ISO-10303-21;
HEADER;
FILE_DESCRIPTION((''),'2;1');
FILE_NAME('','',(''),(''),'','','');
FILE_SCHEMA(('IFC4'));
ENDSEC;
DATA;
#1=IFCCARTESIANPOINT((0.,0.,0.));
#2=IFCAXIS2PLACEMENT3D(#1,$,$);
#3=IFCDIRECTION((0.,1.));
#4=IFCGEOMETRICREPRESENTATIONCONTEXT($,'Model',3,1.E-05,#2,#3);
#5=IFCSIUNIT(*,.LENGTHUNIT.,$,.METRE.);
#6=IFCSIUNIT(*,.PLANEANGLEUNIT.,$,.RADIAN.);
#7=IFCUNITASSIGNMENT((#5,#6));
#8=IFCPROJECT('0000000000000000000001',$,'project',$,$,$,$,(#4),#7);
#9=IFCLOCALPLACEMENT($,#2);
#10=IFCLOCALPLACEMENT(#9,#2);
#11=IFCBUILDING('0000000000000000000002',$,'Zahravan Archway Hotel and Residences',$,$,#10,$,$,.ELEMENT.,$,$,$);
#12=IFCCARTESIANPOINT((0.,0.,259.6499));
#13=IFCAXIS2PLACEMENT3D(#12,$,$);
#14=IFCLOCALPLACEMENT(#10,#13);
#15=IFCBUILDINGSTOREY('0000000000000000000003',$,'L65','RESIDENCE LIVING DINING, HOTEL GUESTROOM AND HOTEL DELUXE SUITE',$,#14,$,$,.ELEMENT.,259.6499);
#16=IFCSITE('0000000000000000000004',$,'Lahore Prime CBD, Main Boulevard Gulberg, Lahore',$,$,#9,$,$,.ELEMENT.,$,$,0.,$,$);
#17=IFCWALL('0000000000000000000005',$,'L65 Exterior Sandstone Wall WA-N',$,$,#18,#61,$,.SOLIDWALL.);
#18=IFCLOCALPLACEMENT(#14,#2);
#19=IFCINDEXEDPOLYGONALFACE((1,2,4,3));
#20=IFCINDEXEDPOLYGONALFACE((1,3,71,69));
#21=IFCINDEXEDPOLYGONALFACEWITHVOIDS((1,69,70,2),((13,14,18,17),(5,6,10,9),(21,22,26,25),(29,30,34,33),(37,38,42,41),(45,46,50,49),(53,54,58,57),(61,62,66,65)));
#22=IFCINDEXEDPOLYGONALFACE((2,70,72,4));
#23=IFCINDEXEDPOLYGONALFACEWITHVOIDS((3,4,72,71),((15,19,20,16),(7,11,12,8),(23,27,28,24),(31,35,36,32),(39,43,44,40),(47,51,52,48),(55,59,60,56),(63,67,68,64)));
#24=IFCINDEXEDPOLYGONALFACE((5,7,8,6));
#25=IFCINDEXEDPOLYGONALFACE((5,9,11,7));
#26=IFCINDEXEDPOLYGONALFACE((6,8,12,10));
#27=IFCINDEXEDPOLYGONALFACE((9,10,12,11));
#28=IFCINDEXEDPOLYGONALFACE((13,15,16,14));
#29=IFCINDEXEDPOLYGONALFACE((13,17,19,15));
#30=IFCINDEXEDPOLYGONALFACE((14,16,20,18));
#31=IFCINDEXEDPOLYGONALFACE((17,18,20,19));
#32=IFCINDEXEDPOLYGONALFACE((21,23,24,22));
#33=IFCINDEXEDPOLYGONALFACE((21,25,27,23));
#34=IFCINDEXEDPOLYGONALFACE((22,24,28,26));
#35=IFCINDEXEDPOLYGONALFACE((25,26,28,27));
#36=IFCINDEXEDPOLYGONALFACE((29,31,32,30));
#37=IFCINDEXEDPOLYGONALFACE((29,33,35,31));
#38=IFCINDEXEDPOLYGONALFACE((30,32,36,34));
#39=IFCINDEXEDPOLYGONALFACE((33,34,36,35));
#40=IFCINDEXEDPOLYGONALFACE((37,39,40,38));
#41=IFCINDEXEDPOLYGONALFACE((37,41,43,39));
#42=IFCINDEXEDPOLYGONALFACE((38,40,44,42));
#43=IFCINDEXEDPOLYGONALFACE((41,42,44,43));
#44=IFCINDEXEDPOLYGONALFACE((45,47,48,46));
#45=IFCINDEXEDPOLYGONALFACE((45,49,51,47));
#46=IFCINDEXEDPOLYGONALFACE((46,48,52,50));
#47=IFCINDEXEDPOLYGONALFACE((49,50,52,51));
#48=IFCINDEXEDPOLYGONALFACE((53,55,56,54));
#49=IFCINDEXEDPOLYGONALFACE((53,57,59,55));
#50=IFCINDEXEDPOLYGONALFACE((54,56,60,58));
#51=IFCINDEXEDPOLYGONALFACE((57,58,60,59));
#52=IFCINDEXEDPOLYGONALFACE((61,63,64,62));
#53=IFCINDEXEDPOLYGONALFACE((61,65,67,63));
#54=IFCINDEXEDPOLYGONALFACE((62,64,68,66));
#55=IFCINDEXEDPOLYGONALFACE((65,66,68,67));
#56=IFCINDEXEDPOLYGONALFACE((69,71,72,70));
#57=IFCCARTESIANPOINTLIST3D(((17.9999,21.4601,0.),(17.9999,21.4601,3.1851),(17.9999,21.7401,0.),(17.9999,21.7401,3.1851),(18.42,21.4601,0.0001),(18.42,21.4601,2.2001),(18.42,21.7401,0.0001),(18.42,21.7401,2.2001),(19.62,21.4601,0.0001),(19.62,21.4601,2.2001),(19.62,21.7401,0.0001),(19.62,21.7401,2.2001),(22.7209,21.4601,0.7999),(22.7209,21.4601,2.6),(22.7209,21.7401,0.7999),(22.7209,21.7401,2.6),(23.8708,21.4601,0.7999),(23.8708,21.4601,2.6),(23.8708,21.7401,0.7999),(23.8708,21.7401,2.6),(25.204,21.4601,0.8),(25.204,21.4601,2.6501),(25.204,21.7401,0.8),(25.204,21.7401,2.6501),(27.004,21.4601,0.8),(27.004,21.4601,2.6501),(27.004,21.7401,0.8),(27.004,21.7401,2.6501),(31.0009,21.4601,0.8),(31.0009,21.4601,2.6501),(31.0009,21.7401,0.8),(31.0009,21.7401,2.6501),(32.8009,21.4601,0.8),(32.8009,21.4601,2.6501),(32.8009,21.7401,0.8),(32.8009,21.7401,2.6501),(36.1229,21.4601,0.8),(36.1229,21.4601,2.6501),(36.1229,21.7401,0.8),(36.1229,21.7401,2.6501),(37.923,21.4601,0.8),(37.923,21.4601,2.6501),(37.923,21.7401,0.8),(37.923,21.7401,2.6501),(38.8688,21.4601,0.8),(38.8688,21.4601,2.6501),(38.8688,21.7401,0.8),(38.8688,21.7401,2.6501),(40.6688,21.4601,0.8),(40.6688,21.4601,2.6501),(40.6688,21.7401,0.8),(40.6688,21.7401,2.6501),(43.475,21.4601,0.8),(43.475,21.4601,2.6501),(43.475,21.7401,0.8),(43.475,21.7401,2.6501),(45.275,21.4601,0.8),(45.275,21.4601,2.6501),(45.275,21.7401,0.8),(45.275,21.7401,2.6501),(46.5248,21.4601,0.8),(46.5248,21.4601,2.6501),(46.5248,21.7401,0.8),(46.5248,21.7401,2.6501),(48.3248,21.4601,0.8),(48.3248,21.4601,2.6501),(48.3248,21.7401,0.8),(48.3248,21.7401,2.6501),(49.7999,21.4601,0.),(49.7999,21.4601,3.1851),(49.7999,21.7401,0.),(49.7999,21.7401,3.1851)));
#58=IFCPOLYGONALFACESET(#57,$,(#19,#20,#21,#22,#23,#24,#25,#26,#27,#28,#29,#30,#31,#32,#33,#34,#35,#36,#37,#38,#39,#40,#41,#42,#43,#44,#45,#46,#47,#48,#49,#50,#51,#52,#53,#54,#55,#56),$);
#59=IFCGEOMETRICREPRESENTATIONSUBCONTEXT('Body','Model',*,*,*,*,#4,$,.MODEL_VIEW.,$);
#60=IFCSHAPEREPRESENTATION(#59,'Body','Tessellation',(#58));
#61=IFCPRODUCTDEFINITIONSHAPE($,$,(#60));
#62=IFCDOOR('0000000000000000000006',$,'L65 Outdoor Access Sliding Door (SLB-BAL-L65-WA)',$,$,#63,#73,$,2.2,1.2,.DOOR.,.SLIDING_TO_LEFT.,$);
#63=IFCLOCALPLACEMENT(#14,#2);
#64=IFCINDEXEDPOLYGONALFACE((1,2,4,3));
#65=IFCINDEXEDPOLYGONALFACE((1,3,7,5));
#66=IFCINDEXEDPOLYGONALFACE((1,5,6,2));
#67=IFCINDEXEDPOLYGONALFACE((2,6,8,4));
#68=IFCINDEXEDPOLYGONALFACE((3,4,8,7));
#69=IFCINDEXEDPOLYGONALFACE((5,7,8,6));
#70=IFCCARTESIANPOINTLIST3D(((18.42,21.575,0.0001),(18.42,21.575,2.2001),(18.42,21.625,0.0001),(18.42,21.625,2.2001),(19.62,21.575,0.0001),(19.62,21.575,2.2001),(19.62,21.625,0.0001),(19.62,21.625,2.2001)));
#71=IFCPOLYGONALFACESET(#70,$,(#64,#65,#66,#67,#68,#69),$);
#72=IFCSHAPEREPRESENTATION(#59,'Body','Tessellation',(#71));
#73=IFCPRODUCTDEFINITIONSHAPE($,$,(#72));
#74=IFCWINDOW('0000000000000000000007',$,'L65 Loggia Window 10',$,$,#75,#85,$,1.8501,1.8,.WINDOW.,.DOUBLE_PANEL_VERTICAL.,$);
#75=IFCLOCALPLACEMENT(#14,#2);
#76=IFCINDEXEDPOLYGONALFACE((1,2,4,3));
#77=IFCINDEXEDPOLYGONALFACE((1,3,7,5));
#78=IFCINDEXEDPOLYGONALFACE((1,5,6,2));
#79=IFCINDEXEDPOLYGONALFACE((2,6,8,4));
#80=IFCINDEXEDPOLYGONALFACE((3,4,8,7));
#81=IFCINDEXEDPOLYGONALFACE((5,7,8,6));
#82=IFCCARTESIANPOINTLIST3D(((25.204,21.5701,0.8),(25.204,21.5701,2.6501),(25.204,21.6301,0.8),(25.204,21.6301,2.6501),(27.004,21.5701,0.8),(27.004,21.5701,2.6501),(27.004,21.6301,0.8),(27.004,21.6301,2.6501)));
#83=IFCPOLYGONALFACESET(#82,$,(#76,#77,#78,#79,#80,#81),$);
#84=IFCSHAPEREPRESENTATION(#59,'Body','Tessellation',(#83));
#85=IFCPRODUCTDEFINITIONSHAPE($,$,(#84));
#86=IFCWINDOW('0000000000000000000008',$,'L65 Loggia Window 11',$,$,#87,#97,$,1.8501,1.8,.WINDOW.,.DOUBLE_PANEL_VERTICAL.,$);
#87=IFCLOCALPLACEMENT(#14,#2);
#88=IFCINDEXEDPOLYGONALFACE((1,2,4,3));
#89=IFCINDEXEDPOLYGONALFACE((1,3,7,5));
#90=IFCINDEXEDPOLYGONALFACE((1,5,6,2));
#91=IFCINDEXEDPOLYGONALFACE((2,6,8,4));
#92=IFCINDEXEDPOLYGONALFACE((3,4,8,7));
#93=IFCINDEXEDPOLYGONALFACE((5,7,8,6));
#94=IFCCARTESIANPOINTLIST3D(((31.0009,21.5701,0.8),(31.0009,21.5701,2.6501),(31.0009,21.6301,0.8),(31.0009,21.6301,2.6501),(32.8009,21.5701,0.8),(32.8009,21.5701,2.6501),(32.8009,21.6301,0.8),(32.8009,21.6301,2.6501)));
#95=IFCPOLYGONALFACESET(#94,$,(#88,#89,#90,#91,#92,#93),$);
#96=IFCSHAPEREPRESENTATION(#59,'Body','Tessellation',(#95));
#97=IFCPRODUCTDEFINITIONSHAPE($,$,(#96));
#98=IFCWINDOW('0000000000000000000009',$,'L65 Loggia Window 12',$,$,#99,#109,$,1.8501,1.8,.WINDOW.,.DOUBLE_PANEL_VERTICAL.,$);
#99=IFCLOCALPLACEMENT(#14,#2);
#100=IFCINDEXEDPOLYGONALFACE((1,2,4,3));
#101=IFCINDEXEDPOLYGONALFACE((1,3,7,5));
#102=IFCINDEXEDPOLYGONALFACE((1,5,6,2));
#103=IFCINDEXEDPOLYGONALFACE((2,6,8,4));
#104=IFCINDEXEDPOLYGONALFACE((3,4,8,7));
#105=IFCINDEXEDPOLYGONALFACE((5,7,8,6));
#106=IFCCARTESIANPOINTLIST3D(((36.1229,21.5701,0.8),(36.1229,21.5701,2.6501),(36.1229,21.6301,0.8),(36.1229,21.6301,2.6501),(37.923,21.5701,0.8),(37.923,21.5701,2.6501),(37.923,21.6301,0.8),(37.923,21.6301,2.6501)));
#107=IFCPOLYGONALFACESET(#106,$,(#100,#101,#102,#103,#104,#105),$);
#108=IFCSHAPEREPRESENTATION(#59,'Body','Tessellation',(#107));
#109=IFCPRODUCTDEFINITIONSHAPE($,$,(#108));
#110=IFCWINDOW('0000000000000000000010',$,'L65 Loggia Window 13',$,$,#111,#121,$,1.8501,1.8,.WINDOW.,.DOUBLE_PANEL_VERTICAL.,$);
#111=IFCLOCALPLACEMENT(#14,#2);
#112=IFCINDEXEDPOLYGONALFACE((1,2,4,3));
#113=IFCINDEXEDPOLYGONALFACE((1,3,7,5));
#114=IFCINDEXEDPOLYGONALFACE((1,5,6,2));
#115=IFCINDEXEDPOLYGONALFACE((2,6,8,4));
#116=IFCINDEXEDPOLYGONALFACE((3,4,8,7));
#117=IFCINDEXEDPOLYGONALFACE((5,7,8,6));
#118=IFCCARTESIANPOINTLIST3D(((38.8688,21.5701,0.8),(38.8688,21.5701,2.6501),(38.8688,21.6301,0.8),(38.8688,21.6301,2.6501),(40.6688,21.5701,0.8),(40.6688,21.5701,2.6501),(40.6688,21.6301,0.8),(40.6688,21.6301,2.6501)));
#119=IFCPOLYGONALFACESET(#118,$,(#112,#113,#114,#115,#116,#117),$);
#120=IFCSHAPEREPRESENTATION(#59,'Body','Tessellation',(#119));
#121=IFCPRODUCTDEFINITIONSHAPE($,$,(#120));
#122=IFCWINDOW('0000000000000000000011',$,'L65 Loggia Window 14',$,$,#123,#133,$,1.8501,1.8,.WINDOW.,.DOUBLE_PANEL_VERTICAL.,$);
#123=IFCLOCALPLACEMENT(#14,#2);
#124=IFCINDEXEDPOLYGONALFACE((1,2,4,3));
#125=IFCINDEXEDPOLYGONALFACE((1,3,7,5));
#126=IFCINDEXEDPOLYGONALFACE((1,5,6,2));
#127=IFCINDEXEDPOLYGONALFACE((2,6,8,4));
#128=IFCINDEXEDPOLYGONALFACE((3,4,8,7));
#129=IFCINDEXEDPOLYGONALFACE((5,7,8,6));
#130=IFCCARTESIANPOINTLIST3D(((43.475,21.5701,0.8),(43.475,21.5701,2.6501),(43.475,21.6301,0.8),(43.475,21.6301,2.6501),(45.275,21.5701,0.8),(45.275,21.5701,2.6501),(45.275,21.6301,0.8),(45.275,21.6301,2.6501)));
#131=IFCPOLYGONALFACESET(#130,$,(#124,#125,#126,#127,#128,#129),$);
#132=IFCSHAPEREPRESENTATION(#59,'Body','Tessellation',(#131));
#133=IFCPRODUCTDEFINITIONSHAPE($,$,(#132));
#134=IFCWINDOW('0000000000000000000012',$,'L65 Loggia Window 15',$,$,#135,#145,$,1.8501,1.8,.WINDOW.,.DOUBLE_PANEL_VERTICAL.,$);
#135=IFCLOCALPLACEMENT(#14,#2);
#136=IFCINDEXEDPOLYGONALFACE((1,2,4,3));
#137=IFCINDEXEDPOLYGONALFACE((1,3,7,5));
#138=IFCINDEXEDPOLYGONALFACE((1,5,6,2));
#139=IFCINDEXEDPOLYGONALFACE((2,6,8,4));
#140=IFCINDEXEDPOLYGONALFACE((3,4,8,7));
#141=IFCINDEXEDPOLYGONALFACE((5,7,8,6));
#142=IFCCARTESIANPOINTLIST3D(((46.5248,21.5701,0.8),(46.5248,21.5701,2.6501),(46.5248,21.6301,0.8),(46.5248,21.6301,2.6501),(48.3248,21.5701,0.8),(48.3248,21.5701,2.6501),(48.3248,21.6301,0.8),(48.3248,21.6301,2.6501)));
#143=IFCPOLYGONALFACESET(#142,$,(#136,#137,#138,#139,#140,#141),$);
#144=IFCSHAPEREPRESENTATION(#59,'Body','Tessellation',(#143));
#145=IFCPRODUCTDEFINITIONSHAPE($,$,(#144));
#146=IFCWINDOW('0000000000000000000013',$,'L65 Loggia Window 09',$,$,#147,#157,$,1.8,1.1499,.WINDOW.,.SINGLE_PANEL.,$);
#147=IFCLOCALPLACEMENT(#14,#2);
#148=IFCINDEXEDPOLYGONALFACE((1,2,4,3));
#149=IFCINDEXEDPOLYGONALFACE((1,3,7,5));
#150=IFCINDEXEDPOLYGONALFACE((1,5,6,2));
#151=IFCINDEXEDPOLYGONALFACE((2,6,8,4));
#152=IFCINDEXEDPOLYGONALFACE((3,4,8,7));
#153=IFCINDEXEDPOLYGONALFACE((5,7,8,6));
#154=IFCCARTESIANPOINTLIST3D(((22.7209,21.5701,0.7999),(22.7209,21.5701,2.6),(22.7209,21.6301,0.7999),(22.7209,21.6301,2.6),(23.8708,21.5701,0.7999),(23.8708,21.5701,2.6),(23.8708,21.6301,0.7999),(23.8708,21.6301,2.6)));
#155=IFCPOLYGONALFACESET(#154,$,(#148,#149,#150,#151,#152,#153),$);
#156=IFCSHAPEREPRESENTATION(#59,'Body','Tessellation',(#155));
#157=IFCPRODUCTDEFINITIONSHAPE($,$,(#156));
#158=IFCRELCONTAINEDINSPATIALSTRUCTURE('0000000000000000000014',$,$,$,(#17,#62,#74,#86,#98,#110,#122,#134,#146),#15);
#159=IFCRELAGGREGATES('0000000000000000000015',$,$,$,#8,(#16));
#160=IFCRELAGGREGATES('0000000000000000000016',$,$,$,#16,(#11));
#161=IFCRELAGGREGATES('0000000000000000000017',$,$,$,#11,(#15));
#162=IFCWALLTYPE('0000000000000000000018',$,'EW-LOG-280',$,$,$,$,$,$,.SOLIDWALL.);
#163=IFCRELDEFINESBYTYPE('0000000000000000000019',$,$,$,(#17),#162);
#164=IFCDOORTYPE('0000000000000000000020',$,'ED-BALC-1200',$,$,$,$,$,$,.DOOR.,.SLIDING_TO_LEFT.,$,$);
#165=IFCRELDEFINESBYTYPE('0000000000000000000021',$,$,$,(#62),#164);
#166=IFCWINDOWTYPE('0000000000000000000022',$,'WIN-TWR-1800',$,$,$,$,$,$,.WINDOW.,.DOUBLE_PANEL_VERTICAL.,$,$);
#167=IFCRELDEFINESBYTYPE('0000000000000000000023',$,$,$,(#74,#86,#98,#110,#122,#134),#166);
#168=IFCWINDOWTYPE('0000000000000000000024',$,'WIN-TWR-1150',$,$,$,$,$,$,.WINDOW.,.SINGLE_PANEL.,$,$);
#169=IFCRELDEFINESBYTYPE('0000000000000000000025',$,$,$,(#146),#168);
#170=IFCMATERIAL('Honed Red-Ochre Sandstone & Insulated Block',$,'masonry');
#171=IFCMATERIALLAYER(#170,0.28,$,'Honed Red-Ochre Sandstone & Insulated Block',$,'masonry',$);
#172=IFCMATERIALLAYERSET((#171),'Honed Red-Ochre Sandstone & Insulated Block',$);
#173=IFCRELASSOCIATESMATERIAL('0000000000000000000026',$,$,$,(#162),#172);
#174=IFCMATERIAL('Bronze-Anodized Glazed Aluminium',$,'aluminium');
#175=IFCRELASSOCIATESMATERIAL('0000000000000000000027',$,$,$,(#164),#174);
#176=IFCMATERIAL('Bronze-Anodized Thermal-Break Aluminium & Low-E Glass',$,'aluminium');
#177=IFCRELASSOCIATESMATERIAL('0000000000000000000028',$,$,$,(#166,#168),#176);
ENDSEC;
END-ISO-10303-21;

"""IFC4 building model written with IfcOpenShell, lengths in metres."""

from ifc_helpers import new_model, si_unit, direction, frame, frame_2d, origin, place, context, subcontext, project, spatial, rectangle, extrude, source, transform, mapped, material, layer, layer_set, type_object, type_shapes, element, fill, save


model = new_model("IFC4")

# Units and contexts
model_context = context("Model", 3, precision=1e-05, world=origin(), true_north=direction((0.0, 1.0)))
body_context = subcontext(model_context, "Body", "Model", "MODEL_VIEW")
ifc_project = project(units=[si_unit("LENGTHUNIT", "METRE"), si_unit("PLANEANGLEUNIT", "RADIAN")], contexts=[model_context])

# Site, building, storey
site_placement = place(None, origin())
site = spatial("IfcSite", under=ifc_project, at=site_placement, Name="Lahore Prime CBD, Main Boulevard Gulberg, Lahore", CompositionType="ELEMENT", RefElevation=0.0)
building_placement = place(site_placement, origin())
building = spatial("IfcBuilding", under=site, at=building_placement, Name="Zahravan Archway Hotel and Residences", CompositionType="ELEMENT")
storey_placement = place(building_placement, frame((0.0, 0.0, 259.6499)))
storey = spatial("IfcBuildingStorey", under=building, at=storey_placement, Name="L65", Description="RESIDENCE LIVING DINING, HOTEL GUESTROOM AND HOTEL DELUXE SUITE", CompositionType="ELEMENT", Elevation=259.6499)

# Wall, openings, door, windows
ifc_material_1 = material(Name="Honed Red-Ochre Sandstone & Insulated Block", Category="masonry")
ifc_layer_1 = layer(ifc_material_1, 0.28, Name="Honed Red-Ochre Sandstone & Insulated Block", Category="masonry")
ifc_layer_set_1 = layer_set([ifc_layer_1], Name="Honed Red-Ochre Sandstone & Insulated Block")
wall_type_1 = type_object("IfcWallType", Name="EW-LOG-280", PredefinedType="SOLIDWALL", material=ifc_layer_set_1)
wall_1_placement = place(storey_placement, frame((18.0, 21.6001, 0.0), z_axis=(0.0, 0.0, 1.0), x_axis=(1.0, 0.0, 0.0)))
wall_1 = element("IfcWall", 1, at=wall_1_placement, inside=storey, type_object=wall_type_1, Name="L65 Exterior Sandstone Wall WA-N", PredefinedType="SOLIDWALL", context=body_context, shape_type="SweptSolid", body=[
    extrude(rectangle(XDim=31.8, YDim=0.28, at=frame_2d((15.8999, 0.0))), origin(), (0.0, 0.0, 1.0), 3.1851),
])
opening_1_placement = place(wall_1_placement, frame((0.4199, 0.0, 0.0)))
opening_1 = element("IfcOpeningElement", 2, at=opening_1_placement, cuts=wall_1, PredefinedType="OPENING", context=body_context, shape_type="SweptSolid", body=[
    extrude(rectangle(XDim=1.2, YDim=2.2, at=frame_2d((0.6001, 1.1001))), frame((0.0, 0.1499, 0.0), z_axis=(0.0, -1.0, 0.0), x_axis=(1.0, 0.0, 0.0)), (0.0, 0.0, 1.0), 0.3),
])
opening_2_placement = place(wall_1_placement, frame((4.7209, 0.0, 0.8)))
opening_2 = element("IfcOpeningElement", 3, at=opening_2_placement, cuts=wall_1, PredefinedType="OPENING", context=body_context, shape_type="SweptSolid", body=[
    extrude(rectangle(XDim=1.1499, YDim=1.8, at=frame_2d((0.575, 0.8999))), frame((0.0, 0.1499, 0.0), z_axis=(0.0, -1.0, 0.0), x_axis=(1.0, 0.0, 0.0)), (0.0, 0.0, 1.0), 0.3),
])
opening_3_placement = place(wall_1_placement, frame((7.2041, 0.0, 0.8)))
opening_3 = element("IfcOpeningElement", 4, at=opening_3_placement, cuts=wall_1, PredefinedType="OPENING", context=body_context, shape_type="SweptSolid", body=[
    extrude(rectangle(XDim=1.8, YDim=1.8501, at=frame_2d((0.8999, 0.925))), frame((0.0, 0.1499, 0.0), z_axis=(0.0, -1.0, 0.0), x_axis=(1.0, 0.0, 0.0)), (0.0, 0.0, 1.0), 0.3),
])
opening_4_placement = place(wall_1_placement, frame((13.001, 0.0, 0.8)))
opening_4 = element("IfcOpeningElement", 5, at=opening_4_placement, cuts=wall_1, PredefinedType="OPENING", context=body_context, shape_type="SweptSolid", body=[
    extrude(rectangle(XDim=1.8, YDim=1.8501, at=frame_2d((0.8999, 0.925))), frame((0.0, 0.1499, 0.0), z_axis=(0.0, -1.0, 0.0), x_axis=(1.0, 0.0, 0.0)), (0.0, 0.0, 1.0), 0.3),
])
opening_5_placement = place(wall_1_placement, frame((18.123, 0.0, 0.8)))
opening_5 = element("IfcOpeningElement", 6, at=opening_5_placement, cuts=wall_1, PredefinedType="OPENING", context=body_context, shape_type="SweptSolid", body=[
    extrude(rectangle(XDim=1.8, YDim=1.8501, at=frame_2d((0.8999, 0.925))), frame((0.0, 0.1499, 0.0), z_axis=(0.0, -1.0, 0.0), x_axis=(1.0, 0.0, 0.0)), (0.0, 0.0, 1.0), 0.3),
])
opening_6_placement = place(wall_1_placement, frame((20.8689, 0.0, 0.8)))
opening_6 = element("IfcOpeningElement", 7, at=opening_6_placement, cuts=wall_1, PredefinedType="OPENING", context=body_context, shape_type="SweptSolid", body=[
    extrude(rectangle(XDim=1.8, YDim=1.8501, at=frame_2d((0.8999, 0.925))), frame((0.0, 0.1499, 0.0), z_axis=(0.0, -1.0, 0.0), x_axis=(1.0, 0.0, 0.0)), (0.0, 0.0, 1.0), 0.3),
])
opening_7_placement = place(wall_1_placement, frame((25.4751, 0.0, 0.8)))
opening_7 = element("IfcOpeningElement", 8, at=opening_7_placement, cuts=wall_1, PredefinedType="OPENING", context=body_context, shape_type="SweptSolid", body=[
    extrude(rectangle(XDim=1.8, YDim=1.8501, at=frame_2d((0.8999, 0.925))), frame((0.0, 0.1499, 0.0), z_axis=(0.0, -1.0, 0.0), x_axis=(1.0, 0.0, 0.0)), (0.0, 0.0, 1.0), 0.3),
])
opening_8_placement = place(wall_1_placement, frame((28.5249, 0.0, 0.8)))
opening_8 = element("IfcOpeningElement", 9, at=opening_8_placement, cuts=wall_1, PredefinedType="OPENING", context=body_context, shape_type="SweptSolid", body=[
    extrude(rectangle(XDim=1.8, YDim=1.8501, at=frame_2d((0.8999, 0.925))), frame((0.0, 0.1499, 0.0), z_axis=(0.0, -1.0, 0.0), x_axis=(1.0, 0.0, 0.0)), (0.0, 0.0, 1.0), 0.3),
])
ifc_material_2 = material(Name="Bronze-Anodized Glazed Aluminium", Category="aluminium")
door_type_1 = type_object("IfcDoorType", Name="ED-BALC-1200", OperationType="SLIDING_TO_LEFT", PredefinedType="DOOR", material=ifc_material_2)
shared_shape_1 = source(origin(), body_context, "Body", "SweptSolid", [
    extrude(rectangle(XDim=1.2, YDim=2.2, at=frame_2d((0.6001, 1.1001))), frame((0.0, 0.0249, 0.0), z_axis=(0.0, -1.0, 0.0), x_axis=(1.0, 0.0, 0.0)), (0.0, 0.0, 1.0), 0.05),
])
type_shapes(door_type_1, [shared_shape_1])
door_1_placement = place(opening_1_placement, origin())
door_1 = element("IfcDoor", 10, at=door_1_placement, inside=storey, type_object=door_type_1, Name="L65 Outdoor Access Sliding Door (SLB-BAL-L65-WA)", OperationType="SLIDING_TO_LEFT", OverallHeight=2.2, OverallWidth=1.2, PredefinedType="DOOR", context=body_context, shape_type="MappedRepresentation", body=[
    mapped(shared_shape_1, transform((0.0, 0.0, 0.0), scale=1.0)),
])
fill(opening_1, door_1)
ifc_material_3 = material(Name="Bronze-Anodized Thermal-Break Aluminium & Low-E Glass", Category="aluminium")
window_type_1 = type_object("IfcWindowType", Name="WIN-TWR-1800", PartitioningType="DOUBLE_PANEL_VERTICAL", PredefinedType="WINDOW", material=ifc_material_3)
shared_shape_2 = source(origin(), body_context, "Body", "SweptSolid", [
    extrude(rectangle(XDim=1.8, YDim=1.8501, at=frame_2d((0.8999, 0.925))), frame((0.0, 0.03, 0.0), z_axis=(0.0, -1.0, 0.0), x_axis=(1.0, 0.0, 0.0)), (0.0, 0.0, 1.0), 0.0601),
])
type_shapes(window_type_1, [shared_shape_2])
window_1_placement = place(opening_3_placement, origin())
window_1 = element("IfcWindow", 11, at=window_1_placement, inside=storey, type_object=window_type_1, Name="L65 Loggia Window 10", OverallHeight=1.8501, OverallWidth=1.8, PartitioningType="DOUBLE_PANEL_VERTICAL", PredefinedType="WINDOW", context=body_context, shape_type="MappedRepresentation", body=[
    mapped(shared_shape_2, transform((0.0, 0.0, 0.0), scale=1.0)),
])
fill(opening_3, window_1)
window_2_placement = place(opening_4_placement, origin())
window_2 = element("IfcWindow", 12, at=window_2_placement, inside=storey, type_object=window_type_1, Name="L65 Loggia Window 11", OverallHeight=1.8501, OverallWidth=1.8, PartitioningType="DOUBLE_PANEL_VERTICAL", PredefinedType="WINDOW", context=body_context, shape_type="MappedRepresentation", body=[
    mapped(shared_shape_2, transform((0.0, 0.0, 0.0), scale=1.0)),
])
fill(opening_4, window_2)
window_3_placement = place(opening_5_placement, origin())
window_3 = element("IfcWindow", 13, at=window_3_placement, inside=storey, type_object=window_type_1, Name="L65 Loggia Window 12", OverallHeight=1.8501, OverallWidth=1.8, PartitioningType="DOUBLE_PANEL_VERTICAL", PredefinedType="WINDOW", context=body_context, shape_type="MappedRepresentation", body=[
    mapped(shared_shape_2, transform((0.0, 0.0, 0.0), scale=1.0)),
])
fill(opening_5, window_3)
window_4_placement = place(opening_6_placement, origin())
window_4 = element("IfcWindow", 14, at=window_4_placement, inside=storey, type_object=window_type_1, Name="L65 Loggia Window 13", OverallHeight=1.8501, OverallWidth=1.8, PartitioningType="DOUBLE_PANEL_VERTICAL", PredefinedType="WINDOW", context=body_context, shape_type="MappedRepresentation", body=[
    mapped(shared_shape_2, transform((0.0, 0.0, 0.0), scale=1.0)),
])
fill(opening_6, window_4)
window_5_placement = place(opening_7_placement, origin())
window_5 = element("IfcWindow", 15, at=window_5_placement, inside=storey, type_object=window_type_1, Name="L65 Loggia Window 14", OverallHeight=1.8501, OverallWidth=1.8, PartitioningType="DOUBLE_PANEL_VERTICAL", PredefinedType="WINDOW", context=body_context, shape_type="MappedRepresentation", body=[
    mapped(shared_shape_2, transform((0.0, 0.0, 0.0), scale=1.0)),
])
fill(opening_7, window_5)
window_6_placement = place(opening_8_placement, origin())
window_6 = element("IfcWindow", 16, at=window_6_placement, inside=storey, type_object=window_type_1, Name="L65 Loggia Window 15", OverallHeight=1.8501, OverallWidth=1.8, PartitioningType="DOUBLE_PANEL_VERTICAL", PredefinedType="WINDOW", context=body_context, shape_type="MappedRepresentation", body=[
    mapped(shared_shape_2, transform((0.0, 0.0, 0.0), scale=1.0)),
])
fill(opening_8, window_6)
window_type_2 = type_object("IfcWindowType", Name="WIN-TWR-1150", PartitioningType="SINGLE_PANEL", PredefinedType="WINDOW", material=ifc_material_3)
shared_shape_3 = source(origin(), body_context, "Body", "SweptSolid", [
    extrude(rectangle(XDim=1.1499, YDim=1.8, at=frame_2d((0.575, 0.8999))), frame((0.0, 0.03, 0.0), z_axis=(0.0, -1.0, 0.0), x_axis=(1.0, 0.0, 0.0)), (0.0, 0.0, 1.0), 0.0601),
])
type_shapes(window_type_2, [shared_shape_3])
window_7_placement = place(opening_2_placement, origin())
window_7 = element("IfcWindow", 17, at=window_7_placement, inside=storey, type_object=window_type_2, Name="L65 Loggia Window 09", OverallHeight=1.8, OverallWidth=1.1499, PartitioningType="SINGLE_PANEL", PredefinedType="WINDOW", context=body_context, shape_type="MappedRepresentation", body=[
    mapped(shared_shape_3, transform((0.0, 0.0, 0.0), scale=1.0)),
])
fill(opening_2, window_7)

save(model, "model.ifc")
